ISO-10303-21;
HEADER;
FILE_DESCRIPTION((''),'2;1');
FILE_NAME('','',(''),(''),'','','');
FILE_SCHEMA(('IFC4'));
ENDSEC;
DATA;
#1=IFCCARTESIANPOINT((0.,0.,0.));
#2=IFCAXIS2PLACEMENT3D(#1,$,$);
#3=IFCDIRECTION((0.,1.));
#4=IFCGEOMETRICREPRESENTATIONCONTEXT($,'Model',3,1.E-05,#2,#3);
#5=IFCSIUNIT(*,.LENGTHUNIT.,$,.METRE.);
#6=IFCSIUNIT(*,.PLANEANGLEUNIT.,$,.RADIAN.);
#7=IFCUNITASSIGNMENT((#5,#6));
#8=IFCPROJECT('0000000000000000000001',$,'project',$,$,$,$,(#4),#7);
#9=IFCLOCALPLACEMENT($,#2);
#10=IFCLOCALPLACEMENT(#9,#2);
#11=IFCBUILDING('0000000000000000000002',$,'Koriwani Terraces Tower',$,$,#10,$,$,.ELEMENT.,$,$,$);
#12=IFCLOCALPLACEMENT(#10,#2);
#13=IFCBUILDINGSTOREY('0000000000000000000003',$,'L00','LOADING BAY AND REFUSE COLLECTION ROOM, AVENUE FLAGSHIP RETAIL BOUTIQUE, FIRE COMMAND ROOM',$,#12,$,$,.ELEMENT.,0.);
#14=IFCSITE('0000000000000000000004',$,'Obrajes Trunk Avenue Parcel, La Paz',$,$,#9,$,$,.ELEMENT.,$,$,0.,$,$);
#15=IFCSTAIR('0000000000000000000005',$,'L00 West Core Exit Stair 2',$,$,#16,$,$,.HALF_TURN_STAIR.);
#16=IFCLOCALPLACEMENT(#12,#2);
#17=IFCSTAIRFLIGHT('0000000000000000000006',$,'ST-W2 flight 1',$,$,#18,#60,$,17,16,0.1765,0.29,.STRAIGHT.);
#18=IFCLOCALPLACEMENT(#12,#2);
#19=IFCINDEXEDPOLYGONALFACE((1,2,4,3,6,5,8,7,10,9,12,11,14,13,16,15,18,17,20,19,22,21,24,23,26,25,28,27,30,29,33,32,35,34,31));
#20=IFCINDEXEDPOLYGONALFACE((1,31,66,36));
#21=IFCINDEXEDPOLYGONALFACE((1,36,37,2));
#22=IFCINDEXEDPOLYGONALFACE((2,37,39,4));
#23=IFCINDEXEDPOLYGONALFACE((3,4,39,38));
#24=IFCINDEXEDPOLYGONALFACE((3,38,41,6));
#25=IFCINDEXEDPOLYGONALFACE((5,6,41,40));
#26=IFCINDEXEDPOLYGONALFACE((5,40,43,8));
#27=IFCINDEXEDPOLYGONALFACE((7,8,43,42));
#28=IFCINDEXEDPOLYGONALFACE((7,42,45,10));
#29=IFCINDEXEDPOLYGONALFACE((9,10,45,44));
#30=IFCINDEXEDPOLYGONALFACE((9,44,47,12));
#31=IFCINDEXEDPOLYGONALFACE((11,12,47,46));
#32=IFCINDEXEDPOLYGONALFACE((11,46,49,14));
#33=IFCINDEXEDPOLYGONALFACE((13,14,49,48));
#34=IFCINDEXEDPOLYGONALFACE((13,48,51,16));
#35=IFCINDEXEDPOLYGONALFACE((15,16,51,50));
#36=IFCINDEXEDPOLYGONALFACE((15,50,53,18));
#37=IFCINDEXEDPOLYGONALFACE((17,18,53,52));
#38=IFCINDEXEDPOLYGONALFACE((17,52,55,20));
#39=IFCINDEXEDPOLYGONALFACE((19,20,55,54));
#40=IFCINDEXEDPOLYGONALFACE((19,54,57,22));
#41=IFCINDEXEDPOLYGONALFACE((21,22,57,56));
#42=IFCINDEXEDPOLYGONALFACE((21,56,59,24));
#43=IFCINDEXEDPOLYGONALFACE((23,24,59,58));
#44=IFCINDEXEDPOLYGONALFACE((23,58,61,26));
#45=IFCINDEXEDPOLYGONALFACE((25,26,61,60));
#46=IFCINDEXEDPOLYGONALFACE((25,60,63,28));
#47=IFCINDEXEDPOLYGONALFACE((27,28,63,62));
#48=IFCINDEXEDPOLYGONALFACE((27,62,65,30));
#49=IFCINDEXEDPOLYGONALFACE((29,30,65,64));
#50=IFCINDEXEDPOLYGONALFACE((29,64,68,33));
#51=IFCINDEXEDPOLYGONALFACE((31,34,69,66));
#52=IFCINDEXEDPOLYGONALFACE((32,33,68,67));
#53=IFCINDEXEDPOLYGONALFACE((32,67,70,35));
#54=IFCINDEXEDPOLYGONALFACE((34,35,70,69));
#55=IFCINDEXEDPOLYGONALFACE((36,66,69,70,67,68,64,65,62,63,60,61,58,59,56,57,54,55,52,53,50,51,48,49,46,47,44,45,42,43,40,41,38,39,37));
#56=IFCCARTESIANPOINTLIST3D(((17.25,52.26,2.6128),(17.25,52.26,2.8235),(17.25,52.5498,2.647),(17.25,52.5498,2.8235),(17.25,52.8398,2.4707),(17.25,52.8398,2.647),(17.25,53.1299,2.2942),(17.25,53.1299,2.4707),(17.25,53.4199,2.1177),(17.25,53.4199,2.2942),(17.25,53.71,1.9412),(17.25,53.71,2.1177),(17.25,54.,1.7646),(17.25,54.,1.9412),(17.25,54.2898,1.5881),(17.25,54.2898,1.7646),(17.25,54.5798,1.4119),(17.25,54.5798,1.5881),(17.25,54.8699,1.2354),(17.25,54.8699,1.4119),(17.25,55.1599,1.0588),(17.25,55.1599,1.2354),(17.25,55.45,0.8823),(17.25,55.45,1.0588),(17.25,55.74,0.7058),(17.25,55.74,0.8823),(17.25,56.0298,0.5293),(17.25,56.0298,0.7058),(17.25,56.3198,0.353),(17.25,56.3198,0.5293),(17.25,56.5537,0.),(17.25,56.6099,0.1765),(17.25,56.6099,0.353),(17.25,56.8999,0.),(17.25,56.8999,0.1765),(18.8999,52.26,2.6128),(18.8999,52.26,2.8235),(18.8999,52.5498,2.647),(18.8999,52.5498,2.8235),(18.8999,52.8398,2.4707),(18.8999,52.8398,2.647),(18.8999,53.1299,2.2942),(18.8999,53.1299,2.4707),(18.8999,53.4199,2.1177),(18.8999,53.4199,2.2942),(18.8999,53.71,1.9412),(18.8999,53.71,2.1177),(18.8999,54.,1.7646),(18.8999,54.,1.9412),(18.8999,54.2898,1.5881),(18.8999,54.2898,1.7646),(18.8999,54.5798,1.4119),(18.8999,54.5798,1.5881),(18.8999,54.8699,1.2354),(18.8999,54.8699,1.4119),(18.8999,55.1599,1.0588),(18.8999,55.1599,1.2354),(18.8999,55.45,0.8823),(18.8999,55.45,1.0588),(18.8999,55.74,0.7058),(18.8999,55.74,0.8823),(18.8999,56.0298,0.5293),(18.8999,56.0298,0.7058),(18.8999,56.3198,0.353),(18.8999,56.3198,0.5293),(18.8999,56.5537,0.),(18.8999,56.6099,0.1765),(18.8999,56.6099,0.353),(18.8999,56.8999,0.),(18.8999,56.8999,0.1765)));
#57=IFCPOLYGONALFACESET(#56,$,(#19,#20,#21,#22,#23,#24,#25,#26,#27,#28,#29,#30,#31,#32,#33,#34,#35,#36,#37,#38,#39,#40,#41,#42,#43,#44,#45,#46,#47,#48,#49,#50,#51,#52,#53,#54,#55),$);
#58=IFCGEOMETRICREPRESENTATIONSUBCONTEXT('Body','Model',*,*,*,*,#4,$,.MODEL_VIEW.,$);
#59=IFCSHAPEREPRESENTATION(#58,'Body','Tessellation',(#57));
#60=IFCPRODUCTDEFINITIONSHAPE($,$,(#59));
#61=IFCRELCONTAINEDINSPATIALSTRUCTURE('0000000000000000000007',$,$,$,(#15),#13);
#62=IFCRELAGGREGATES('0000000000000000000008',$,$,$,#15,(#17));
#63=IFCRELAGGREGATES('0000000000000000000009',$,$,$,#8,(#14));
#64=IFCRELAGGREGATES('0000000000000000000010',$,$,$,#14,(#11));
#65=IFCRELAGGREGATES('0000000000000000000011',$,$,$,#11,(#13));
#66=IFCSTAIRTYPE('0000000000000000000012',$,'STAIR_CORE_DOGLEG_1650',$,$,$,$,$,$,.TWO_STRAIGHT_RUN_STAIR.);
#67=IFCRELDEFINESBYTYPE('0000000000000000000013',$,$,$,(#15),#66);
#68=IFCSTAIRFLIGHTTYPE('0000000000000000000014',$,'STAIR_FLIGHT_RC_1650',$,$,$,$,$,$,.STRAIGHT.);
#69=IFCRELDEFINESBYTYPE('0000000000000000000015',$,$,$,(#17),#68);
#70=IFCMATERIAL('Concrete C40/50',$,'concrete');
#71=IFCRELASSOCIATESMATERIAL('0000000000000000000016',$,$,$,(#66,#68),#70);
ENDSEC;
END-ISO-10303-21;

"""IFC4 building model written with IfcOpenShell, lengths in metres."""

from ifc_helpers import new_model, si_unit, direction, frame, origin, place, context, subcontext, project, spatial, polyline, outline, extrude, material, type_object, element, aggregate, save


model = new_model("IFC4")

# Units and contexts
model_context = context("Model", 3, precision=1e-05, world=origin(), true_north=direction((0.0, 1.0)))
body_context = subcontext(model_context, "Body", "Model", "MODEL_VIEW")
ifc_project = project(units=[si_unit("LENGTHUNIT", "METRE"), si_unit("PLANEANGLEUNIT", "RADIAN")], contexts=[model_context])

# Site, building, storey
site_placement = place(None, origin())
site = spatial("IfcSite", under=ifc_project, at=site_placement, Name="Obrajes Trunk Avenue Parcel, La Paz", CompositionType="ELEMENT", RefElevation=0.0)
building_placement = place(site_placement, origin())
building = spatial("IfcBuilding", under=site, at=building_placement, Name="Koriwani Terraces Tower", CompositionType="ELEMENT")
storey_placement = place(building_placement, origin())
storey = spatial("IfcBuildingStorey", under=building, at=storey_placement, Name="L00", Description="LOADING BAY AND REFUSE COLLECTION ROOM, AVENUE FLAGSHIP RETAIL BOUTIQUE, FIRE COMMAND ROOM", CompositionType="ELEMENT", Elevation=0.0)

# Shared definitions
ifc_material_1 = material(Name="Concrete C40/50", Category="concrete")

# Stair, stair flight
stair_type = type_object("IfcStairType", Name="STAIR_CORE_DOGLEG_1650", PredefinedType="TWO_STRAIGHT_RUN_STAIR", material=ifc_material_1)
stair_flight_type = type_object("IfcStairFlightType", Name="STAIR_FLIGHT_RC_1650", PredefinedType="STRAIGHT", material=ifc_material_1)
stair_1_placement = place(storey_placement, origin())
stair_1 = element("IfcStair", 1, at=stair_1_placement, inside=storey, type_object=stair_type, Name="L00 West Core Exit Stair 2", PredefinedType="HALF_TURN_STAIR")
stair_flight_1_placement = place(storey_placement, frame((18.075, 56.8999, 0.0), z_axis=(0.0, 0.0, 1.0), x_axis=(0.0, -1.0, 0.0)))
stair_flight_1 = element("IfcStairFlight", 2, at=stair_flight_1_placement, type_object=stair_flight_type, Name="ST-W2 flight 1", NumberOfRisers=17, NumberOfTreads=16, PredefinedType="STRAIGHT", RiserHeight=0.1765, TreadLength=0.29, context=body_context, shape_type="SweptSolid", body=[
    extrude(outline(polyline([(0.0, 0.0), (0.0, 0.1765), (0.29, 0.1765), (0.29, 0.353), (0.5801, 0.353), (0.5801, 0.5293), (0.8701, 0.5293), (0.8701, 0.7058), (1.1599, 0.7058), (1.1599, 0.8823), (1.45, 0.8823), (1.45, 1.0588), (1.74, 1.0588), (1.74, 1.2354), (2.03, 1.2354), (2.03, 1.4119), (2.3201, 1.4119), (2.3201, 1.5881), (2.6101, 1.5881), (2.6101, 1.7646), (2.8999, 1.7646), (2.8999, 1.9412), (3.1899, 1.9412), (3.1899, 2.1177), (3.48, 2.1177), (3.48, 2.2942), (3.77, 2.2942), (3.77, 2.4707), (4.0601, 2.4707), (4.0601, 2.647), (4.3501, 2.647), (4.3501, 2.8235), (4.6399, 2.8235), (4.6399, 3.0), (4.6399, 2.6128), (0.3462, 0.0), (0.0, 0.0)])), frame((0.0, 0.825, 0.0), z_axis=(0.0, -1.0, 0.0), x_axis=(1.0, 0.0, 0.0)), (0.0, 0.0, 1.0), 1.6499),
])
aggregate(stair_1, [stair_flight_1])

save(model, "model.ifc")
